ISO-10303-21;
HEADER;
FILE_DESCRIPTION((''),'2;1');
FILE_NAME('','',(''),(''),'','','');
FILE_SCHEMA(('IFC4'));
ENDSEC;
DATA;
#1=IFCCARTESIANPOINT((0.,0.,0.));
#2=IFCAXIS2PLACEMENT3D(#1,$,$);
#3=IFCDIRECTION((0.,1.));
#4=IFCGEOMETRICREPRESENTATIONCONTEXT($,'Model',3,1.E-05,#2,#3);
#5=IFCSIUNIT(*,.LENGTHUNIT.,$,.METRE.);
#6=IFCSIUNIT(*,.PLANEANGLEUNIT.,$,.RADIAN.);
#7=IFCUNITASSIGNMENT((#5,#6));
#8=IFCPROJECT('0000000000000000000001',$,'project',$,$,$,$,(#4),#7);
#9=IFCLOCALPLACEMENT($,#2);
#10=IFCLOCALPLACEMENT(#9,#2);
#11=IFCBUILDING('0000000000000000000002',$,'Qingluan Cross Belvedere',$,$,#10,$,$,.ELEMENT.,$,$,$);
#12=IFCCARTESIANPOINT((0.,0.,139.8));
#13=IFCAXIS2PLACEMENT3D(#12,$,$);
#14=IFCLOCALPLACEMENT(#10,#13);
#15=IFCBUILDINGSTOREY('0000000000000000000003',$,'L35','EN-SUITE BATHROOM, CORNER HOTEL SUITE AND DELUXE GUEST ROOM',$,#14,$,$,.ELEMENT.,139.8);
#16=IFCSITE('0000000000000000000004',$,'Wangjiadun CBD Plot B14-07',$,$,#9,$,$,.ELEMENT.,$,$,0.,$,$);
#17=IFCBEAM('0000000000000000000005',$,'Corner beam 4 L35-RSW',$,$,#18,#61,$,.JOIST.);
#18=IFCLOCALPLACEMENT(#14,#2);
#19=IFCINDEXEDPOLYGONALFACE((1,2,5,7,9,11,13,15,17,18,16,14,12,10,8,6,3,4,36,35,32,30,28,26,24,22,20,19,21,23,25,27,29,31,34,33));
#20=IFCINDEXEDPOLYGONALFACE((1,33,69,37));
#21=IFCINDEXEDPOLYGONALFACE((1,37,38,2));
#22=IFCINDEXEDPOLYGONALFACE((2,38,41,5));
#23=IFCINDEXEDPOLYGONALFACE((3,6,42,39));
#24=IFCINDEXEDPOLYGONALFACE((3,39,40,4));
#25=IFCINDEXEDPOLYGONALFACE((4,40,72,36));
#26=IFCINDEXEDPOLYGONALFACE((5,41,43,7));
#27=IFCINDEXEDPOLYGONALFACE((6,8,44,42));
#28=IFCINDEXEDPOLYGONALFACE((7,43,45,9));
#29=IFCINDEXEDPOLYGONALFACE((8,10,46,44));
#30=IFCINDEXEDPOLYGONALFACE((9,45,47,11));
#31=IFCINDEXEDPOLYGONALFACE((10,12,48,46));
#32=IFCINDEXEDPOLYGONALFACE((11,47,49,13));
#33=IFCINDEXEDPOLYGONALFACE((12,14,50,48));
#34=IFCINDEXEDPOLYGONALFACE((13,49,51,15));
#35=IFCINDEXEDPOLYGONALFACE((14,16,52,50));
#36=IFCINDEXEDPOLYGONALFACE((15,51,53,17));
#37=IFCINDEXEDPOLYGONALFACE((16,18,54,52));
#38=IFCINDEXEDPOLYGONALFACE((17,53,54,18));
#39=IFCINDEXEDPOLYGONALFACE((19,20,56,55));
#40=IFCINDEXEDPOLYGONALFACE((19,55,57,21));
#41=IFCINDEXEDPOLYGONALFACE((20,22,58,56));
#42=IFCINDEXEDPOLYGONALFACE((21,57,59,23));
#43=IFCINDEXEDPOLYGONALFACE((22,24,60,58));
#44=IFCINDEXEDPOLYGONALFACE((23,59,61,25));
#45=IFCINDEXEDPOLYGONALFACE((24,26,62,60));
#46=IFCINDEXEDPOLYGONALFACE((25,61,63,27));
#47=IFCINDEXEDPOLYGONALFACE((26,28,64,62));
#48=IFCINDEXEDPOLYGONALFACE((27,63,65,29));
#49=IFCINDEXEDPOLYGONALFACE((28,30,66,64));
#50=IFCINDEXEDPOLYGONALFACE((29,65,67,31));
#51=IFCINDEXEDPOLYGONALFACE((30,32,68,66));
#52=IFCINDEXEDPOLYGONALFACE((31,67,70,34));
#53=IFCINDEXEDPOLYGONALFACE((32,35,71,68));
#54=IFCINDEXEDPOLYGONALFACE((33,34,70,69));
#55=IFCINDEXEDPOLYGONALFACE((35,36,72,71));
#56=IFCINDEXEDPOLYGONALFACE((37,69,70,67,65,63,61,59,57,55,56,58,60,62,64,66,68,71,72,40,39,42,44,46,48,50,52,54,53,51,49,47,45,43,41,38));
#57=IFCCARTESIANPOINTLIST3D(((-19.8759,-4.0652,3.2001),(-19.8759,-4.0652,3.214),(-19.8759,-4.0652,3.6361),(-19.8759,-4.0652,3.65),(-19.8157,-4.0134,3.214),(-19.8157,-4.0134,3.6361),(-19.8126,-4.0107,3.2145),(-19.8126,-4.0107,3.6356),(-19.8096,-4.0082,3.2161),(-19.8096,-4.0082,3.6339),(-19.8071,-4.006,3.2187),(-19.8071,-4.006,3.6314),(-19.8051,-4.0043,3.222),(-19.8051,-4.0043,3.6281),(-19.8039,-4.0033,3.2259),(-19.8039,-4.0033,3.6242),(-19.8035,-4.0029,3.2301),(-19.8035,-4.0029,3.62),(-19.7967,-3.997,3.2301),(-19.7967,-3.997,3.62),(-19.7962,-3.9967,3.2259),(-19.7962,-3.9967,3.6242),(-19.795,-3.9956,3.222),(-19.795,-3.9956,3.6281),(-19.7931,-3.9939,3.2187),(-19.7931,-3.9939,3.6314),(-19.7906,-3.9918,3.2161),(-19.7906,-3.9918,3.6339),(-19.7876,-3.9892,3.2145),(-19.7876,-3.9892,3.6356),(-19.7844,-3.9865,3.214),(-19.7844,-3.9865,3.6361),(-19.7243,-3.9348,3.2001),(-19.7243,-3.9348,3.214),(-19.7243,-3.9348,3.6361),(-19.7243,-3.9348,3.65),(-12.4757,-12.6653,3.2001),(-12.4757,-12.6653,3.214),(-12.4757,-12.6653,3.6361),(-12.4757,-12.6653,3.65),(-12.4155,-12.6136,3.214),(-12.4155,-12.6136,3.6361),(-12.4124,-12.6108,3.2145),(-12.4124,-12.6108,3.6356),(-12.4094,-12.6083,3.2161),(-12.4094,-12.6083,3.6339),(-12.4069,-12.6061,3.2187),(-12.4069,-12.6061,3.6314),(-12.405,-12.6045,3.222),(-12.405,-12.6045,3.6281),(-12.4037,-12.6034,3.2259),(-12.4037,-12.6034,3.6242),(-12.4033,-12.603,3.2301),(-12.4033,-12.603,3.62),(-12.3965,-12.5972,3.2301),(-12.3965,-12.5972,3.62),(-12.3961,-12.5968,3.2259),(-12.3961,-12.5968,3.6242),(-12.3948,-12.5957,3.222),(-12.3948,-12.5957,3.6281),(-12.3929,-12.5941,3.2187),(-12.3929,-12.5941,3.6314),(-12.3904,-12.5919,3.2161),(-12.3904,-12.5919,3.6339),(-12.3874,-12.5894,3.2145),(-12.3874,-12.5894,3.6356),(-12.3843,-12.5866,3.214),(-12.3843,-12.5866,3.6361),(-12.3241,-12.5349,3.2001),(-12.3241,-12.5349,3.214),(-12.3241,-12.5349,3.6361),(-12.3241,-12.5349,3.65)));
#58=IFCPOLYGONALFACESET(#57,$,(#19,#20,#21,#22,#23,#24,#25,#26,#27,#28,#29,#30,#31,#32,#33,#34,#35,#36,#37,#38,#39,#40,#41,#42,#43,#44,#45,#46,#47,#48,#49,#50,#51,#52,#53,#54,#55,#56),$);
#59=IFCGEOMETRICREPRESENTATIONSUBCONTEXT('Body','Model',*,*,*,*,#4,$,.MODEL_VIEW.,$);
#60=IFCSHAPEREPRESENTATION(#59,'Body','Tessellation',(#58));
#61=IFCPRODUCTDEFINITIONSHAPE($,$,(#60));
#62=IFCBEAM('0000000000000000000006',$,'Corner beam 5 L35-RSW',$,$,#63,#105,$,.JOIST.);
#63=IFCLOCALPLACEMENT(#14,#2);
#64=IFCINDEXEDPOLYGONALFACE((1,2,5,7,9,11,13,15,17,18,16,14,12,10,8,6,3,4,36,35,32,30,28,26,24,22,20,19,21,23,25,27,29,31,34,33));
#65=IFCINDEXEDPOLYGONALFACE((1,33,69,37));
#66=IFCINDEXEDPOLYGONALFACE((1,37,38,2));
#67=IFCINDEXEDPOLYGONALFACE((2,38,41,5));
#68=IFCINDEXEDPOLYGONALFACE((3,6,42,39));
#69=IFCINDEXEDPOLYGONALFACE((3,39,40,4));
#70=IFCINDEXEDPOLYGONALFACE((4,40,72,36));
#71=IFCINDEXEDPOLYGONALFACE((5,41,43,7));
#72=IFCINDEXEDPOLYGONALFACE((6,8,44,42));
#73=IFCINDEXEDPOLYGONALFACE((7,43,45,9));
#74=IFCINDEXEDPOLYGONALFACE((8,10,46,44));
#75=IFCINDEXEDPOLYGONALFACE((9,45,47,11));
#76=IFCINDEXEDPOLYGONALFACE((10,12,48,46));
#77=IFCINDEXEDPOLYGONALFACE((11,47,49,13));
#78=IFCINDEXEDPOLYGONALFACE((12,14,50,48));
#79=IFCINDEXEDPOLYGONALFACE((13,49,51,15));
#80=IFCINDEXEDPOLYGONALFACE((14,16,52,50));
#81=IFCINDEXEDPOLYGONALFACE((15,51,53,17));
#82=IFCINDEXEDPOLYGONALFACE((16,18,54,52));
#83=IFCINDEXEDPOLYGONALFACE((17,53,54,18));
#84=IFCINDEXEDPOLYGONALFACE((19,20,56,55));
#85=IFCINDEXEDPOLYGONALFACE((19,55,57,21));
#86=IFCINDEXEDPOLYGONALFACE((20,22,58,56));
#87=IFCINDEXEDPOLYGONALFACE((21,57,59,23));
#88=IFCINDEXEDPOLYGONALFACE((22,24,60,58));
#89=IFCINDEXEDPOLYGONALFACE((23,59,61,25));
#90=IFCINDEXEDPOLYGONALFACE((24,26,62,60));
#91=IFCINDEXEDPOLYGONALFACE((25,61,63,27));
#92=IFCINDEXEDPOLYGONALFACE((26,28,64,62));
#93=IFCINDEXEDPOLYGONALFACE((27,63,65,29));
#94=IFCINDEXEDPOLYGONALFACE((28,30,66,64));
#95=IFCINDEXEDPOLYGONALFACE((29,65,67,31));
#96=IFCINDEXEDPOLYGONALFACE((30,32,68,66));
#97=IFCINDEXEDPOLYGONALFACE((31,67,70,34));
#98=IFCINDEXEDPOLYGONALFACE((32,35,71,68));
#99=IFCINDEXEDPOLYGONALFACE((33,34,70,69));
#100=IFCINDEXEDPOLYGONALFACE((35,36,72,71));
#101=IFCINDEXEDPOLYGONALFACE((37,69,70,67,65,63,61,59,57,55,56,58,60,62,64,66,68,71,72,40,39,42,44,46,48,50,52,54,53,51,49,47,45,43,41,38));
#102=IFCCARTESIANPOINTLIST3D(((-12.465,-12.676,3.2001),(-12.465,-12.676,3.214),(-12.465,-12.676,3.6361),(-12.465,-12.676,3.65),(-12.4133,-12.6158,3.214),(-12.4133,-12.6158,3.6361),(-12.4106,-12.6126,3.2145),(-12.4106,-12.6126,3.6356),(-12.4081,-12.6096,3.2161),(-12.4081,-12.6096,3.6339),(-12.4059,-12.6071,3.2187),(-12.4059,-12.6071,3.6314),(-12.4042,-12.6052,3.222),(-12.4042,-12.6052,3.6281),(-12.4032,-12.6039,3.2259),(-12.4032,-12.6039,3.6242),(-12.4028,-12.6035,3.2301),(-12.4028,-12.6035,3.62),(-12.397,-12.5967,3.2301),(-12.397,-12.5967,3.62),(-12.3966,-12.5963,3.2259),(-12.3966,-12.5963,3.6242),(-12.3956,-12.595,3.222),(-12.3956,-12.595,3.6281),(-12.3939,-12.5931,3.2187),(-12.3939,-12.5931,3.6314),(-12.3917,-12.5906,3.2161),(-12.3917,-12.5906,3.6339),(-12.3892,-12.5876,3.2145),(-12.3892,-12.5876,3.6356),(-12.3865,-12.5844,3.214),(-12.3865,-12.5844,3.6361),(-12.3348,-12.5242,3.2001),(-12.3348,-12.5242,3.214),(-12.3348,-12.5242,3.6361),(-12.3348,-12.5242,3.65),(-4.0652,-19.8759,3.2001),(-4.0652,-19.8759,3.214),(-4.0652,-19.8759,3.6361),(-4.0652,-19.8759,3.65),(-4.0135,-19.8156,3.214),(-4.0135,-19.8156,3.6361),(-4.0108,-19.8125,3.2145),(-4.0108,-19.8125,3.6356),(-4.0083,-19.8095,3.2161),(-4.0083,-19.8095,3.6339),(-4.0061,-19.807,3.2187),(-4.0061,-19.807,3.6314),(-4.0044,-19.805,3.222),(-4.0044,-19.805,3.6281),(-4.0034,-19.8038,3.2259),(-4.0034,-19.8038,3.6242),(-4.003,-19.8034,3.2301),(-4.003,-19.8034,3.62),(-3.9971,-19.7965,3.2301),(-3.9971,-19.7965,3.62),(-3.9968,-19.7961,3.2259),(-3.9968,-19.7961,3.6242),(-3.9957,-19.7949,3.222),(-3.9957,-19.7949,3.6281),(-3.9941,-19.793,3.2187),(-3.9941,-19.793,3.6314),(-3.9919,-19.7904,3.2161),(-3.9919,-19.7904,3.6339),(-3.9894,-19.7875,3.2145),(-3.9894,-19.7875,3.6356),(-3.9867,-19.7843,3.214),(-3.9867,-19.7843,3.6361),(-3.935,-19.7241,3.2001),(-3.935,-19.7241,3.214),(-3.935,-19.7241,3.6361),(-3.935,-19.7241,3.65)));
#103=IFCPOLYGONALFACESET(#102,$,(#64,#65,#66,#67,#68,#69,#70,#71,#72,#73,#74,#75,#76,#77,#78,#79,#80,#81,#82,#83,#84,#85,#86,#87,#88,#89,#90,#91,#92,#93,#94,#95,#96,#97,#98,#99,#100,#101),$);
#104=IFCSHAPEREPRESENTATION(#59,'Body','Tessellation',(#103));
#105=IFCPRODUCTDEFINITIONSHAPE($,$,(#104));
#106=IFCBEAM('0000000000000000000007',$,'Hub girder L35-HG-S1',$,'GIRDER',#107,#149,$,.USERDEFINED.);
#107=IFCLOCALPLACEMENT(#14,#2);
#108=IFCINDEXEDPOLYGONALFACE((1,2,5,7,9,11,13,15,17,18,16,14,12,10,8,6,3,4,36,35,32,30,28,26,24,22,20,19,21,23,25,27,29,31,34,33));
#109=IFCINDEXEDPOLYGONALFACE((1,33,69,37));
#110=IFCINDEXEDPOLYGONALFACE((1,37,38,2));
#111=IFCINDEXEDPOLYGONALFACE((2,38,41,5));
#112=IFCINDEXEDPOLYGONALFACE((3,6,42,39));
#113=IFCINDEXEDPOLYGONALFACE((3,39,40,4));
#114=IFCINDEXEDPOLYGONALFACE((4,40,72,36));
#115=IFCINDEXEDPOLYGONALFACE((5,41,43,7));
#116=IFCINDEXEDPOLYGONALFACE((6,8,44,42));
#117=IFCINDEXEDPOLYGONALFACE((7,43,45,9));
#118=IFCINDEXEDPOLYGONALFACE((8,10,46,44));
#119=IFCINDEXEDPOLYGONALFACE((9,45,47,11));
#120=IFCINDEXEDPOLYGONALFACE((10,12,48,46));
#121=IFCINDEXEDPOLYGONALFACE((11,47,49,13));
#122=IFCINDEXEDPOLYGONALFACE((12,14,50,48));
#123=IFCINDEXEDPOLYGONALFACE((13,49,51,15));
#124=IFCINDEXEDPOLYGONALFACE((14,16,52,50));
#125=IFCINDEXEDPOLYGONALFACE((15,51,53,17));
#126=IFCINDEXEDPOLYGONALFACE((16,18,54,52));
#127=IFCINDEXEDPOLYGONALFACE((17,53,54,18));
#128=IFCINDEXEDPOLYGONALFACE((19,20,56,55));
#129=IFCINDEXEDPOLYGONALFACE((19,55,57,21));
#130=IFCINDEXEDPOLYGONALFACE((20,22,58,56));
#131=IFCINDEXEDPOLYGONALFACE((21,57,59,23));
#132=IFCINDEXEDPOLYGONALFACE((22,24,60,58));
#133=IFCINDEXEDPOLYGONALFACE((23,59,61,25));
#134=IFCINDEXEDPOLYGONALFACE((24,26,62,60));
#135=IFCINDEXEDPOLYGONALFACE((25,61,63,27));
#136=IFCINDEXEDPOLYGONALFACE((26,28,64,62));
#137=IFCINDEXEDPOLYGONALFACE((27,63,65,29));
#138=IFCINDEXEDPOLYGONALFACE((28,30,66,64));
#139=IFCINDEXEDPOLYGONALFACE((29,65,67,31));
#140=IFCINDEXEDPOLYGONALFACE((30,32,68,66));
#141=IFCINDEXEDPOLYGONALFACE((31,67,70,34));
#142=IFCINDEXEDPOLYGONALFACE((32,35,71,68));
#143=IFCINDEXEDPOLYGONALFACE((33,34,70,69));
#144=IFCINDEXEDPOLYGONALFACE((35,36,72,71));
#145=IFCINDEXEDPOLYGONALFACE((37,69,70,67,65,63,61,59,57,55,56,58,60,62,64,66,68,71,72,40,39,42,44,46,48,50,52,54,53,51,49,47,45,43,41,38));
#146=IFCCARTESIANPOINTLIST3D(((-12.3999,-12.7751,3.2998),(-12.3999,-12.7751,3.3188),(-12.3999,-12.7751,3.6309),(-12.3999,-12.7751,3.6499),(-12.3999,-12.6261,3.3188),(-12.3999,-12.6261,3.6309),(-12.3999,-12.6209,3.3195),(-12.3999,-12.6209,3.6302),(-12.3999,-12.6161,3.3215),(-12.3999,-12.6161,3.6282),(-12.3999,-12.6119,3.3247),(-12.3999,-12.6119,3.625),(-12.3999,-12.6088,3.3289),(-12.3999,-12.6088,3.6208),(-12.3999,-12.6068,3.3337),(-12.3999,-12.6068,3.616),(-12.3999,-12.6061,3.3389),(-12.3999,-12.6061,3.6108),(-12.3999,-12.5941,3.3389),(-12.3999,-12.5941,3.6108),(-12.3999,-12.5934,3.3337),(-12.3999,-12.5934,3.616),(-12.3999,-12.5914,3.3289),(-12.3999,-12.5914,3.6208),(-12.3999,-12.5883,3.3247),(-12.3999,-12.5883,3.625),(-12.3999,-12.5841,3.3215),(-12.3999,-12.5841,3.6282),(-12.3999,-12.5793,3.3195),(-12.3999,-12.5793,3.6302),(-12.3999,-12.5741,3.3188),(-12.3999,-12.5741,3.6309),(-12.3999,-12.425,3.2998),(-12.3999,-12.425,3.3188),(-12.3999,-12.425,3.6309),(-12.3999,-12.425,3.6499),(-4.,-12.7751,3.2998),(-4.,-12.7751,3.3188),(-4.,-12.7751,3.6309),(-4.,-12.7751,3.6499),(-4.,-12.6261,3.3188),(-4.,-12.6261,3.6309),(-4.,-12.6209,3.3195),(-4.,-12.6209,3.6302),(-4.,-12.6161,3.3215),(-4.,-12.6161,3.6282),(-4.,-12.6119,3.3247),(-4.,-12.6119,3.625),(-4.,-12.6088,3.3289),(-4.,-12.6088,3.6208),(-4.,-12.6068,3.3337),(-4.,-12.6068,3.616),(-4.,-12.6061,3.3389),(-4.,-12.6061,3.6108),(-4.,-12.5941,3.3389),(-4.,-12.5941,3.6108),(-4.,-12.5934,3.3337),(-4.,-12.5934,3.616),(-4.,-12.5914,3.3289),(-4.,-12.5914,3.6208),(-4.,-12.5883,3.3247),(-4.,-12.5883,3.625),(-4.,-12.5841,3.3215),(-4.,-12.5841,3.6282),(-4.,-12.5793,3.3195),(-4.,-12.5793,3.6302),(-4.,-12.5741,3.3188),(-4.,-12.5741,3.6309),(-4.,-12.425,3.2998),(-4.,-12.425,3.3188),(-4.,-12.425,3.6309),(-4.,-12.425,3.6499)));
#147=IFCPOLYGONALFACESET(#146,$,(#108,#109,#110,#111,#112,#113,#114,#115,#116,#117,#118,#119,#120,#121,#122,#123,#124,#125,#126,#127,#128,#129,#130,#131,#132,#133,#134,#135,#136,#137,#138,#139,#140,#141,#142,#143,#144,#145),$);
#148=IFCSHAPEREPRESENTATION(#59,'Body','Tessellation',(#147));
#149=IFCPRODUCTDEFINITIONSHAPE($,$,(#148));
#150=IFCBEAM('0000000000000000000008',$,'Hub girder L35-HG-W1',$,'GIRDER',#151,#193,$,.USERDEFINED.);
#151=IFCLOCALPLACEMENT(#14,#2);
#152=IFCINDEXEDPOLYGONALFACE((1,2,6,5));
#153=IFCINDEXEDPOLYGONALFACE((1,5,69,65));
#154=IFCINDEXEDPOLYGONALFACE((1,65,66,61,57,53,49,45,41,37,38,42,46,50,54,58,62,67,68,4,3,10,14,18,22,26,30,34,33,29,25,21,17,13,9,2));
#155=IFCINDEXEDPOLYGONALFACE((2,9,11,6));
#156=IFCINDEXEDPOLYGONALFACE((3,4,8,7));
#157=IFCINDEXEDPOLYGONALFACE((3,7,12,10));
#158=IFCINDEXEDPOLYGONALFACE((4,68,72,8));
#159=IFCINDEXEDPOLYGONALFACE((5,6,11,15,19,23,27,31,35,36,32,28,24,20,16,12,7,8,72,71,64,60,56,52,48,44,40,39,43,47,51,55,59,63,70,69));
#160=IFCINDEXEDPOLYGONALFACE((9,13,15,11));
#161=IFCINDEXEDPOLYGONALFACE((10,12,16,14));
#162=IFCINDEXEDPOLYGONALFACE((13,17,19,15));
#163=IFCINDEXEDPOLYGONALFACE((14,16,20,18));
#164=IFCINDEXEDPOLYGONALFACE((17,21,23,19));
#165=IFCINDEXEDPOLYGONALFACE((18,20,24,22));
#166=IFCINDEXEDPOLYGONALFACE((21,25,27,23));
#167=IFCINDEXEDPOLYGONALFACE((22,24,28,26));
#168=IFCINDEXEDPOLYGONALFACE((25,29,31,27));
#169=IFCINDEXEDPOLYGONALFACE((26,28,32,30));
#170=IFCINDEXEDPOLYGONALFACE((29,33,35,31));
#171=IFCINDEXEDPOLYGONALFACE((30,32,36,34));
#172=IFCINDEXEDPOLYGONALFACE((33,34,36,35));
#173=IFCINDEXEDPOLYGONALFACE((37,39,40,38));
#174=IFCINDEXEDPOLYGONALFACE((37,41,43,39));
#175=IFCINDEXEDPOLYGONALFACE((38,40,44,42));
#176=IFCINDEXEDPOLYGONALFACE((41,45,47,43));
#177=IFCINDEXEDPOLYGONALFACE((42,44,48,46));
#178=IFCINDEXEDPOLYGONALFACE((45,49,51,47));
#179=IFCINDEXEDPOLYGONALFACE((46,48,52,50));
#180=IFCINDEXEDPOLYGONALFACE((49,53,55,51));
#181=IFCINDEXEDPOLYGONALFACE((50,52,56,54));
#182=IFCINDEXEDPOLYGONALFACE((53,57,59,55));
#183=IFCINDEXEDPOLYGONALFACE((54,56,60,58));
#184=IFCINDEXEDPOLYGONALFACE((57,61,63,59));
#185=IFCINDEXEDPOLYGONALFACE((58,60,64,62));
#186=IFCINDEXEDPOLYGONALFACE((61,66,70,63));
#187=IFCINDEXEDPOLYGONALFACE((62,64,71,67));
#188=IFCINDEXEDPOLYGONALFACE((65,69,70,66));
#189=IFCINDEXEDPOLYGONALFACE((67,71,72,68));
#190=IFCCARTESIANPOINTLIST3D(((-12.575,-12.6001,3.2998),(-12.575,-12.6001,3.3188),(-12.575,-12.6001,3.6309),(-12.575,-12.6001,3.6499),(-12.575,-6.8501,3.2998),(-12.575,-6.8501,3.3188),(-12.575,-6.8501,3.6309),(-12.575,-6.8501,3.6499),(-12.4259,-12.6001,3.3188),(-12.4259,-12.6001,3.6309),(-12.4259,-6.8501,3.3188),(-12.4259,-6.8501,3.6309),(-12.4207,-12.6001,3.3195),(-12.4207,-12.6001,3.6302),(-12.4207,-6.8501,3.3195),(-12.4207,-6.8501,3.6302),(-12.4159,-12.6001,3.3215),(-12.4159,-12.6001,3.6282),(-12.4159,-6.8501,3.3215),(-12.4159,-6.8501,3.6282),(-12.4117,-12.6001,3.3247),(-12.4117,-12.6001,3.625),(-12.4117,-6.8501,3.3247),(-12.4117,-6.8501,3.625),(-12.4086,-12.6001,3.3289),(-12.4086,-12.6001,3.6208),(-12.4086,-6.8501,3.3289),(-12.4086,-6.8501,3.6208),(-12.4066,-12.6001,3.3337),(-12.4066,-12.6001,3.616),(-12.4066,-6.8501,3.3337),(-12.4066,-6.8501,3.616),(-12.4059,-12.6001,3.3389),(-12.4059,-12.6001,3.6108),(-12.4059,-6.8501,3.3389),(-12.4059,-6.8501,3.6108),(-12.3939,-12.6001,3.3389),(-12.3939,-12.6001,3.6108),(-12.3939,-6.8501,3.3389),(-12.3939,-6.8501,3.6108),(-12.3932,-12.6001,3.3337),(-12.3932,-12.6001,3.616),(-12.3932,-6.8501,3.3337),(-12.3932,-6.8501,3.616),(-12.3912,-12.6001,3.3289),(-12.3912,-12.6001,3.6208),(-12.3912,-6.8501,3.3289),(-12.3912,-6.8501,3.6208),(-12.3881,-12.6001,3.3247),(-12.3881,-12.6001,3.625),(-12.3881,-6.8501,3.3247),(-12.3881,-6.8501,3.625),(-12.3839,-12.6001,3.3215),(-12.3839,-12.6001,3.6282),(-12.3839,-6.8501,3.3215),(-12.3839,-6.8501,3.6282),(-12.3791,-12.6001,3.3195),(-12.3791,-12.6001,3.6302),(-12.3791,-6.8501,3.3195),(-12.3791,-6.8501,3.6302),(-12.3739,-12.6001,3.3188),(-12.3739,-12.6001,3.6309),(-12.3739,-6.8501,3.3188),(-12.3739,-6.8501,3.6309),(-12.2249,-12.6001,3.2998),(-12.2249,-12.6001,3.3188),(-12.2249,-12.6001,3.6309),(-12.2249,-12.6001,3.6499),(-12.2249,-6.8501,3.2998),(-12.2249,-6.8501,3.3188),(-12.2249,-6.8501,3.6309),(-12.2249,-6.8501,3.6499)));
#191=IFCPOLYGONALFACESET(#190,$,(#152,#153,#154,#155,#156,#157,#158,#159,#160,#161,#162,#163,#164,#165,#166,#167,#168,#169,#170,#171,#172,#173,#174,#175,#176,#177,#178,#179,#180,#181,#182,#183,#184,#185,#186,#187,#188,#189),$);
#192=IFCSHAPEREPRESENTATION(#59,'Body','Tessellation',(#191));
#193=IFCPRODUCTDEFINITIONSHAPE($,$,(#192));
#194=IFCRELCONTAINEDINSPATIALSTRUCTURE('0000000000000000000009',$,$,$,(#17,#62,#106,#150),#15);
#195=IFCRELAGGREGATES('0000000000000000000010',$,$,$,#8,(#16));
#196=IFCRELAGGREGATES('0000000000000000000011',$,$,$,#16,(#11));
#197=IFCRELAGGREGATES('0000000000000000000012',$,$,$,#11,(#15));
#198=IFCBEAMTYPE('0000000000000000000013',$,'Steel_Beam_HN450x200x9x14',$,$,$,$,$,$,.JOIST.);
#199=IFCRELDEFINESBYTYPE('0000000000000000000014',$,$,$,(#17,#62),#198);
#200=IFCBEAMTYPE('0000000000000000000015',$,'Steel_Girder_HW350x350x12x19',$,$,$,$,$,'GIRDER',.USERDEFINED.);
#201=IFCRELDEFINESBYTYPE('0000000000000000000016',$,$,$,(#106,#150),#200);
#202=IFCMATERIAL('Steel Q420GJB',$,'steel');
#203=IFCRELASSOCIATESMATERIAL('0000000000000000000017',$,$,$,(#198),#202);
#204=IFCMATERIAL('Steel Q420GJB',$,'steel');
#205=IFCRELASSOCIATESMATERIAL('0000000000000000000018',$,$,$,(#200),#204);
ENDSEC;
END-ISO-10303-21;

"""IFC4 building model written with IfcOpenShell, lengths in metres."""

from ifc_helpers import new_model, si_unit, direction, frame, origin, origin_2d, place, context, subcontext, project, spatial, i_section, extrude, material, material_profile, profile_set, type_object, element, save


model = new_model("IFC4")

# Units and contexts
model_context = context("Model", 3, precision=1e-05, world=origin(), true_north=direction((0.0, 1.0)))
body_context = subcontext(model_context, "Body", "Model", "MODEL_VIEW")
ifc_project = project(units=[si_unit("LENGTHUNIT", "METRE"), si_unit("PLANEANGLEUNIT", "RADIAN")], contexts=[model_context])

# Site, building, storey
site_placement = place(None, origin())
site = spatial("IfcSite", under=ifc_project, at=site_placement, Name="Wangjiadun CBD Plot B14-07", CompositionType="ELEMENT", RefElevation=0.0)
building_placement = place(site_placement, origin())
building = spatial("IfcBuilding", under=site, at=building_placement, Name="Qingluan Cross Belvedere", CompositionType="ELEMENT")
storey_placement = place(building_placement, frame((0.0, 0.0, 139.8)))
storey = spatial("IfcBuildingStorey", under=building, at=storey_placement, Name="L35", Description="EN-SUITE BATHROOM, CORNER HOTEL SUITE AND DELUXE GUEST ROOM", CompositionType="ELEMENT", Elevation=139.8)

# Beams
ifc_material_1 = material(Name="Steel Q420GJB", Category="steel")
ifc_material_profile_1 = material_profile(ifc_material_1, i_section(OverallWidth=0.2, OverallDepth=0.45, WebThickness=0.009, FlangeThickness=0.0139, FilletRadius=0.0161, at=origin_2d()), Name="HN450x200x9x14")
ifc_profile_set_1 = profile_set([ifc_material_profile_1], Name="Steel Q420GJB")
beam_type_1 = type_object("IfcBeamType", Name="Steel_Beam_HN450x200x9x14", PredefinedType="JOIST", material=ifc_profile_set_1)
beam_1_placement = place(storey_placement, frame((-12.3999, -12.6001, 3.425), z_axis=(-0.652245, 0.758008, 0.0), x_axis=(-0.758008, -0.652245, 0.0)))
element("IfcBeam", 1, at=beam_1_placement, inside=storey, type_object=beam_type_1, Name="Corner beam 4 L35-RSW", PredefinedType="JOIST", context=body_context, shape_type="SweptSolid", body=[
    extrude(i_section(OverallWidth=0.2, OverallDepth=0.45, WebThickness=0.009, FlangeThickness=0.0139, FilletRadius=0.0161, at=origin_2d()), origin(), (0.0, 0.0, 1.0), 11.3457),
])
beam_2_placement = place(storey_placement, frame((-12.3999, -12.6001, 3.425), z_axis=(0.759255, -0.650793, 0.0), x_axis=(0.650793, 0.759255, 0.0)))
element("IfcBeam", 2, at=beam_2_placement, inside=storey, type_object=beam_type_1, Name="Corner beam 5 L35-RSW", PredefinedType="JOIST", context=body_context, shape_type="SweptSolid", body=[
    extrude(i_section(OverallWidth=0.2, OverallDepth=0.45, WebThickness=0.009, FlangeThickness=0.0139, FilletRadius=0.0161, at=origin_2d()), origin(), (0.0, 0.0, 1.0), 11.0632),
])
ifc_material_2 = material(Name="Steel Q420GJB", Category="steel")
ifc_material_profile_2 = material_profile(ifc_material_2, i_section(OverallWidth=0.3501, OverallDepth=0.3501, WebThickness=0.012, FlangeThickness=0.019, FilletRadius=0.02, at=origin_2d()), Name="HW350x350x12x19")
ifc_profile_set_2 = profile_set([ifc_material_profile_2], Name="Steel Q420GJB")
beam_type_2 = type_object("IfcBeamType", Name="Steel_Girder_HW350x350x12x19", ElementType="GIRDER", PredefinedType="USERDEFINED", material=ifc_profile_set_2)
beam_3_placement = place(storey_placement, frame((-12.3999, -12.6001, 3.4749), z_axis=(1.0, 0.0, 0.0), x_axis=(0.0, 1.0, 0.0)))
element("IfcBeam", 3, at=beam_3_placement, inside=storey, type_object=beam_type_2, Name="Hub girder L35-HG-S1", ObjectType="GIRDER", PredefinedType="USERDEFINED", context=body_context, shape_type="SweptSolid", body=[
    extrude(i_section(OverallWidth=0.3501, OverallDepth=0.3501, WebThickness=0.012, FlangeThickness=0.019, FilletRadius=0.02, at=origin_2d()), origin(), (0.0, 0.0, 1.0), 8.3999),
])
beam_4_placement = place(storey_placement, frame((-12.3999, -12.6001, 3.4749), z_axis=(0.0, 1.0, 0.0), x_axis=(-1.0, 0.0, 0.0)))
element("IfcBeam", 4, at=beam_4_placement, inside=storey, type_object=beam_type_2, Name="Hub girder L35-HG-W1", ObjectType="GIRDER", PredefinedType="USERDEFINED", context=body_context, shape_type="SweptSolid", body=[
    extrude(i_section(OverallWidth=0.3501, OverallDepth=0.3501, WebThickness=0.012, FlangeThickness=0.019, FilletRadius=0.02, at=origin_2d()), origin(), (0.0, 0.0, 1.0), 5.75),
])

save(model, "model.ifc")
